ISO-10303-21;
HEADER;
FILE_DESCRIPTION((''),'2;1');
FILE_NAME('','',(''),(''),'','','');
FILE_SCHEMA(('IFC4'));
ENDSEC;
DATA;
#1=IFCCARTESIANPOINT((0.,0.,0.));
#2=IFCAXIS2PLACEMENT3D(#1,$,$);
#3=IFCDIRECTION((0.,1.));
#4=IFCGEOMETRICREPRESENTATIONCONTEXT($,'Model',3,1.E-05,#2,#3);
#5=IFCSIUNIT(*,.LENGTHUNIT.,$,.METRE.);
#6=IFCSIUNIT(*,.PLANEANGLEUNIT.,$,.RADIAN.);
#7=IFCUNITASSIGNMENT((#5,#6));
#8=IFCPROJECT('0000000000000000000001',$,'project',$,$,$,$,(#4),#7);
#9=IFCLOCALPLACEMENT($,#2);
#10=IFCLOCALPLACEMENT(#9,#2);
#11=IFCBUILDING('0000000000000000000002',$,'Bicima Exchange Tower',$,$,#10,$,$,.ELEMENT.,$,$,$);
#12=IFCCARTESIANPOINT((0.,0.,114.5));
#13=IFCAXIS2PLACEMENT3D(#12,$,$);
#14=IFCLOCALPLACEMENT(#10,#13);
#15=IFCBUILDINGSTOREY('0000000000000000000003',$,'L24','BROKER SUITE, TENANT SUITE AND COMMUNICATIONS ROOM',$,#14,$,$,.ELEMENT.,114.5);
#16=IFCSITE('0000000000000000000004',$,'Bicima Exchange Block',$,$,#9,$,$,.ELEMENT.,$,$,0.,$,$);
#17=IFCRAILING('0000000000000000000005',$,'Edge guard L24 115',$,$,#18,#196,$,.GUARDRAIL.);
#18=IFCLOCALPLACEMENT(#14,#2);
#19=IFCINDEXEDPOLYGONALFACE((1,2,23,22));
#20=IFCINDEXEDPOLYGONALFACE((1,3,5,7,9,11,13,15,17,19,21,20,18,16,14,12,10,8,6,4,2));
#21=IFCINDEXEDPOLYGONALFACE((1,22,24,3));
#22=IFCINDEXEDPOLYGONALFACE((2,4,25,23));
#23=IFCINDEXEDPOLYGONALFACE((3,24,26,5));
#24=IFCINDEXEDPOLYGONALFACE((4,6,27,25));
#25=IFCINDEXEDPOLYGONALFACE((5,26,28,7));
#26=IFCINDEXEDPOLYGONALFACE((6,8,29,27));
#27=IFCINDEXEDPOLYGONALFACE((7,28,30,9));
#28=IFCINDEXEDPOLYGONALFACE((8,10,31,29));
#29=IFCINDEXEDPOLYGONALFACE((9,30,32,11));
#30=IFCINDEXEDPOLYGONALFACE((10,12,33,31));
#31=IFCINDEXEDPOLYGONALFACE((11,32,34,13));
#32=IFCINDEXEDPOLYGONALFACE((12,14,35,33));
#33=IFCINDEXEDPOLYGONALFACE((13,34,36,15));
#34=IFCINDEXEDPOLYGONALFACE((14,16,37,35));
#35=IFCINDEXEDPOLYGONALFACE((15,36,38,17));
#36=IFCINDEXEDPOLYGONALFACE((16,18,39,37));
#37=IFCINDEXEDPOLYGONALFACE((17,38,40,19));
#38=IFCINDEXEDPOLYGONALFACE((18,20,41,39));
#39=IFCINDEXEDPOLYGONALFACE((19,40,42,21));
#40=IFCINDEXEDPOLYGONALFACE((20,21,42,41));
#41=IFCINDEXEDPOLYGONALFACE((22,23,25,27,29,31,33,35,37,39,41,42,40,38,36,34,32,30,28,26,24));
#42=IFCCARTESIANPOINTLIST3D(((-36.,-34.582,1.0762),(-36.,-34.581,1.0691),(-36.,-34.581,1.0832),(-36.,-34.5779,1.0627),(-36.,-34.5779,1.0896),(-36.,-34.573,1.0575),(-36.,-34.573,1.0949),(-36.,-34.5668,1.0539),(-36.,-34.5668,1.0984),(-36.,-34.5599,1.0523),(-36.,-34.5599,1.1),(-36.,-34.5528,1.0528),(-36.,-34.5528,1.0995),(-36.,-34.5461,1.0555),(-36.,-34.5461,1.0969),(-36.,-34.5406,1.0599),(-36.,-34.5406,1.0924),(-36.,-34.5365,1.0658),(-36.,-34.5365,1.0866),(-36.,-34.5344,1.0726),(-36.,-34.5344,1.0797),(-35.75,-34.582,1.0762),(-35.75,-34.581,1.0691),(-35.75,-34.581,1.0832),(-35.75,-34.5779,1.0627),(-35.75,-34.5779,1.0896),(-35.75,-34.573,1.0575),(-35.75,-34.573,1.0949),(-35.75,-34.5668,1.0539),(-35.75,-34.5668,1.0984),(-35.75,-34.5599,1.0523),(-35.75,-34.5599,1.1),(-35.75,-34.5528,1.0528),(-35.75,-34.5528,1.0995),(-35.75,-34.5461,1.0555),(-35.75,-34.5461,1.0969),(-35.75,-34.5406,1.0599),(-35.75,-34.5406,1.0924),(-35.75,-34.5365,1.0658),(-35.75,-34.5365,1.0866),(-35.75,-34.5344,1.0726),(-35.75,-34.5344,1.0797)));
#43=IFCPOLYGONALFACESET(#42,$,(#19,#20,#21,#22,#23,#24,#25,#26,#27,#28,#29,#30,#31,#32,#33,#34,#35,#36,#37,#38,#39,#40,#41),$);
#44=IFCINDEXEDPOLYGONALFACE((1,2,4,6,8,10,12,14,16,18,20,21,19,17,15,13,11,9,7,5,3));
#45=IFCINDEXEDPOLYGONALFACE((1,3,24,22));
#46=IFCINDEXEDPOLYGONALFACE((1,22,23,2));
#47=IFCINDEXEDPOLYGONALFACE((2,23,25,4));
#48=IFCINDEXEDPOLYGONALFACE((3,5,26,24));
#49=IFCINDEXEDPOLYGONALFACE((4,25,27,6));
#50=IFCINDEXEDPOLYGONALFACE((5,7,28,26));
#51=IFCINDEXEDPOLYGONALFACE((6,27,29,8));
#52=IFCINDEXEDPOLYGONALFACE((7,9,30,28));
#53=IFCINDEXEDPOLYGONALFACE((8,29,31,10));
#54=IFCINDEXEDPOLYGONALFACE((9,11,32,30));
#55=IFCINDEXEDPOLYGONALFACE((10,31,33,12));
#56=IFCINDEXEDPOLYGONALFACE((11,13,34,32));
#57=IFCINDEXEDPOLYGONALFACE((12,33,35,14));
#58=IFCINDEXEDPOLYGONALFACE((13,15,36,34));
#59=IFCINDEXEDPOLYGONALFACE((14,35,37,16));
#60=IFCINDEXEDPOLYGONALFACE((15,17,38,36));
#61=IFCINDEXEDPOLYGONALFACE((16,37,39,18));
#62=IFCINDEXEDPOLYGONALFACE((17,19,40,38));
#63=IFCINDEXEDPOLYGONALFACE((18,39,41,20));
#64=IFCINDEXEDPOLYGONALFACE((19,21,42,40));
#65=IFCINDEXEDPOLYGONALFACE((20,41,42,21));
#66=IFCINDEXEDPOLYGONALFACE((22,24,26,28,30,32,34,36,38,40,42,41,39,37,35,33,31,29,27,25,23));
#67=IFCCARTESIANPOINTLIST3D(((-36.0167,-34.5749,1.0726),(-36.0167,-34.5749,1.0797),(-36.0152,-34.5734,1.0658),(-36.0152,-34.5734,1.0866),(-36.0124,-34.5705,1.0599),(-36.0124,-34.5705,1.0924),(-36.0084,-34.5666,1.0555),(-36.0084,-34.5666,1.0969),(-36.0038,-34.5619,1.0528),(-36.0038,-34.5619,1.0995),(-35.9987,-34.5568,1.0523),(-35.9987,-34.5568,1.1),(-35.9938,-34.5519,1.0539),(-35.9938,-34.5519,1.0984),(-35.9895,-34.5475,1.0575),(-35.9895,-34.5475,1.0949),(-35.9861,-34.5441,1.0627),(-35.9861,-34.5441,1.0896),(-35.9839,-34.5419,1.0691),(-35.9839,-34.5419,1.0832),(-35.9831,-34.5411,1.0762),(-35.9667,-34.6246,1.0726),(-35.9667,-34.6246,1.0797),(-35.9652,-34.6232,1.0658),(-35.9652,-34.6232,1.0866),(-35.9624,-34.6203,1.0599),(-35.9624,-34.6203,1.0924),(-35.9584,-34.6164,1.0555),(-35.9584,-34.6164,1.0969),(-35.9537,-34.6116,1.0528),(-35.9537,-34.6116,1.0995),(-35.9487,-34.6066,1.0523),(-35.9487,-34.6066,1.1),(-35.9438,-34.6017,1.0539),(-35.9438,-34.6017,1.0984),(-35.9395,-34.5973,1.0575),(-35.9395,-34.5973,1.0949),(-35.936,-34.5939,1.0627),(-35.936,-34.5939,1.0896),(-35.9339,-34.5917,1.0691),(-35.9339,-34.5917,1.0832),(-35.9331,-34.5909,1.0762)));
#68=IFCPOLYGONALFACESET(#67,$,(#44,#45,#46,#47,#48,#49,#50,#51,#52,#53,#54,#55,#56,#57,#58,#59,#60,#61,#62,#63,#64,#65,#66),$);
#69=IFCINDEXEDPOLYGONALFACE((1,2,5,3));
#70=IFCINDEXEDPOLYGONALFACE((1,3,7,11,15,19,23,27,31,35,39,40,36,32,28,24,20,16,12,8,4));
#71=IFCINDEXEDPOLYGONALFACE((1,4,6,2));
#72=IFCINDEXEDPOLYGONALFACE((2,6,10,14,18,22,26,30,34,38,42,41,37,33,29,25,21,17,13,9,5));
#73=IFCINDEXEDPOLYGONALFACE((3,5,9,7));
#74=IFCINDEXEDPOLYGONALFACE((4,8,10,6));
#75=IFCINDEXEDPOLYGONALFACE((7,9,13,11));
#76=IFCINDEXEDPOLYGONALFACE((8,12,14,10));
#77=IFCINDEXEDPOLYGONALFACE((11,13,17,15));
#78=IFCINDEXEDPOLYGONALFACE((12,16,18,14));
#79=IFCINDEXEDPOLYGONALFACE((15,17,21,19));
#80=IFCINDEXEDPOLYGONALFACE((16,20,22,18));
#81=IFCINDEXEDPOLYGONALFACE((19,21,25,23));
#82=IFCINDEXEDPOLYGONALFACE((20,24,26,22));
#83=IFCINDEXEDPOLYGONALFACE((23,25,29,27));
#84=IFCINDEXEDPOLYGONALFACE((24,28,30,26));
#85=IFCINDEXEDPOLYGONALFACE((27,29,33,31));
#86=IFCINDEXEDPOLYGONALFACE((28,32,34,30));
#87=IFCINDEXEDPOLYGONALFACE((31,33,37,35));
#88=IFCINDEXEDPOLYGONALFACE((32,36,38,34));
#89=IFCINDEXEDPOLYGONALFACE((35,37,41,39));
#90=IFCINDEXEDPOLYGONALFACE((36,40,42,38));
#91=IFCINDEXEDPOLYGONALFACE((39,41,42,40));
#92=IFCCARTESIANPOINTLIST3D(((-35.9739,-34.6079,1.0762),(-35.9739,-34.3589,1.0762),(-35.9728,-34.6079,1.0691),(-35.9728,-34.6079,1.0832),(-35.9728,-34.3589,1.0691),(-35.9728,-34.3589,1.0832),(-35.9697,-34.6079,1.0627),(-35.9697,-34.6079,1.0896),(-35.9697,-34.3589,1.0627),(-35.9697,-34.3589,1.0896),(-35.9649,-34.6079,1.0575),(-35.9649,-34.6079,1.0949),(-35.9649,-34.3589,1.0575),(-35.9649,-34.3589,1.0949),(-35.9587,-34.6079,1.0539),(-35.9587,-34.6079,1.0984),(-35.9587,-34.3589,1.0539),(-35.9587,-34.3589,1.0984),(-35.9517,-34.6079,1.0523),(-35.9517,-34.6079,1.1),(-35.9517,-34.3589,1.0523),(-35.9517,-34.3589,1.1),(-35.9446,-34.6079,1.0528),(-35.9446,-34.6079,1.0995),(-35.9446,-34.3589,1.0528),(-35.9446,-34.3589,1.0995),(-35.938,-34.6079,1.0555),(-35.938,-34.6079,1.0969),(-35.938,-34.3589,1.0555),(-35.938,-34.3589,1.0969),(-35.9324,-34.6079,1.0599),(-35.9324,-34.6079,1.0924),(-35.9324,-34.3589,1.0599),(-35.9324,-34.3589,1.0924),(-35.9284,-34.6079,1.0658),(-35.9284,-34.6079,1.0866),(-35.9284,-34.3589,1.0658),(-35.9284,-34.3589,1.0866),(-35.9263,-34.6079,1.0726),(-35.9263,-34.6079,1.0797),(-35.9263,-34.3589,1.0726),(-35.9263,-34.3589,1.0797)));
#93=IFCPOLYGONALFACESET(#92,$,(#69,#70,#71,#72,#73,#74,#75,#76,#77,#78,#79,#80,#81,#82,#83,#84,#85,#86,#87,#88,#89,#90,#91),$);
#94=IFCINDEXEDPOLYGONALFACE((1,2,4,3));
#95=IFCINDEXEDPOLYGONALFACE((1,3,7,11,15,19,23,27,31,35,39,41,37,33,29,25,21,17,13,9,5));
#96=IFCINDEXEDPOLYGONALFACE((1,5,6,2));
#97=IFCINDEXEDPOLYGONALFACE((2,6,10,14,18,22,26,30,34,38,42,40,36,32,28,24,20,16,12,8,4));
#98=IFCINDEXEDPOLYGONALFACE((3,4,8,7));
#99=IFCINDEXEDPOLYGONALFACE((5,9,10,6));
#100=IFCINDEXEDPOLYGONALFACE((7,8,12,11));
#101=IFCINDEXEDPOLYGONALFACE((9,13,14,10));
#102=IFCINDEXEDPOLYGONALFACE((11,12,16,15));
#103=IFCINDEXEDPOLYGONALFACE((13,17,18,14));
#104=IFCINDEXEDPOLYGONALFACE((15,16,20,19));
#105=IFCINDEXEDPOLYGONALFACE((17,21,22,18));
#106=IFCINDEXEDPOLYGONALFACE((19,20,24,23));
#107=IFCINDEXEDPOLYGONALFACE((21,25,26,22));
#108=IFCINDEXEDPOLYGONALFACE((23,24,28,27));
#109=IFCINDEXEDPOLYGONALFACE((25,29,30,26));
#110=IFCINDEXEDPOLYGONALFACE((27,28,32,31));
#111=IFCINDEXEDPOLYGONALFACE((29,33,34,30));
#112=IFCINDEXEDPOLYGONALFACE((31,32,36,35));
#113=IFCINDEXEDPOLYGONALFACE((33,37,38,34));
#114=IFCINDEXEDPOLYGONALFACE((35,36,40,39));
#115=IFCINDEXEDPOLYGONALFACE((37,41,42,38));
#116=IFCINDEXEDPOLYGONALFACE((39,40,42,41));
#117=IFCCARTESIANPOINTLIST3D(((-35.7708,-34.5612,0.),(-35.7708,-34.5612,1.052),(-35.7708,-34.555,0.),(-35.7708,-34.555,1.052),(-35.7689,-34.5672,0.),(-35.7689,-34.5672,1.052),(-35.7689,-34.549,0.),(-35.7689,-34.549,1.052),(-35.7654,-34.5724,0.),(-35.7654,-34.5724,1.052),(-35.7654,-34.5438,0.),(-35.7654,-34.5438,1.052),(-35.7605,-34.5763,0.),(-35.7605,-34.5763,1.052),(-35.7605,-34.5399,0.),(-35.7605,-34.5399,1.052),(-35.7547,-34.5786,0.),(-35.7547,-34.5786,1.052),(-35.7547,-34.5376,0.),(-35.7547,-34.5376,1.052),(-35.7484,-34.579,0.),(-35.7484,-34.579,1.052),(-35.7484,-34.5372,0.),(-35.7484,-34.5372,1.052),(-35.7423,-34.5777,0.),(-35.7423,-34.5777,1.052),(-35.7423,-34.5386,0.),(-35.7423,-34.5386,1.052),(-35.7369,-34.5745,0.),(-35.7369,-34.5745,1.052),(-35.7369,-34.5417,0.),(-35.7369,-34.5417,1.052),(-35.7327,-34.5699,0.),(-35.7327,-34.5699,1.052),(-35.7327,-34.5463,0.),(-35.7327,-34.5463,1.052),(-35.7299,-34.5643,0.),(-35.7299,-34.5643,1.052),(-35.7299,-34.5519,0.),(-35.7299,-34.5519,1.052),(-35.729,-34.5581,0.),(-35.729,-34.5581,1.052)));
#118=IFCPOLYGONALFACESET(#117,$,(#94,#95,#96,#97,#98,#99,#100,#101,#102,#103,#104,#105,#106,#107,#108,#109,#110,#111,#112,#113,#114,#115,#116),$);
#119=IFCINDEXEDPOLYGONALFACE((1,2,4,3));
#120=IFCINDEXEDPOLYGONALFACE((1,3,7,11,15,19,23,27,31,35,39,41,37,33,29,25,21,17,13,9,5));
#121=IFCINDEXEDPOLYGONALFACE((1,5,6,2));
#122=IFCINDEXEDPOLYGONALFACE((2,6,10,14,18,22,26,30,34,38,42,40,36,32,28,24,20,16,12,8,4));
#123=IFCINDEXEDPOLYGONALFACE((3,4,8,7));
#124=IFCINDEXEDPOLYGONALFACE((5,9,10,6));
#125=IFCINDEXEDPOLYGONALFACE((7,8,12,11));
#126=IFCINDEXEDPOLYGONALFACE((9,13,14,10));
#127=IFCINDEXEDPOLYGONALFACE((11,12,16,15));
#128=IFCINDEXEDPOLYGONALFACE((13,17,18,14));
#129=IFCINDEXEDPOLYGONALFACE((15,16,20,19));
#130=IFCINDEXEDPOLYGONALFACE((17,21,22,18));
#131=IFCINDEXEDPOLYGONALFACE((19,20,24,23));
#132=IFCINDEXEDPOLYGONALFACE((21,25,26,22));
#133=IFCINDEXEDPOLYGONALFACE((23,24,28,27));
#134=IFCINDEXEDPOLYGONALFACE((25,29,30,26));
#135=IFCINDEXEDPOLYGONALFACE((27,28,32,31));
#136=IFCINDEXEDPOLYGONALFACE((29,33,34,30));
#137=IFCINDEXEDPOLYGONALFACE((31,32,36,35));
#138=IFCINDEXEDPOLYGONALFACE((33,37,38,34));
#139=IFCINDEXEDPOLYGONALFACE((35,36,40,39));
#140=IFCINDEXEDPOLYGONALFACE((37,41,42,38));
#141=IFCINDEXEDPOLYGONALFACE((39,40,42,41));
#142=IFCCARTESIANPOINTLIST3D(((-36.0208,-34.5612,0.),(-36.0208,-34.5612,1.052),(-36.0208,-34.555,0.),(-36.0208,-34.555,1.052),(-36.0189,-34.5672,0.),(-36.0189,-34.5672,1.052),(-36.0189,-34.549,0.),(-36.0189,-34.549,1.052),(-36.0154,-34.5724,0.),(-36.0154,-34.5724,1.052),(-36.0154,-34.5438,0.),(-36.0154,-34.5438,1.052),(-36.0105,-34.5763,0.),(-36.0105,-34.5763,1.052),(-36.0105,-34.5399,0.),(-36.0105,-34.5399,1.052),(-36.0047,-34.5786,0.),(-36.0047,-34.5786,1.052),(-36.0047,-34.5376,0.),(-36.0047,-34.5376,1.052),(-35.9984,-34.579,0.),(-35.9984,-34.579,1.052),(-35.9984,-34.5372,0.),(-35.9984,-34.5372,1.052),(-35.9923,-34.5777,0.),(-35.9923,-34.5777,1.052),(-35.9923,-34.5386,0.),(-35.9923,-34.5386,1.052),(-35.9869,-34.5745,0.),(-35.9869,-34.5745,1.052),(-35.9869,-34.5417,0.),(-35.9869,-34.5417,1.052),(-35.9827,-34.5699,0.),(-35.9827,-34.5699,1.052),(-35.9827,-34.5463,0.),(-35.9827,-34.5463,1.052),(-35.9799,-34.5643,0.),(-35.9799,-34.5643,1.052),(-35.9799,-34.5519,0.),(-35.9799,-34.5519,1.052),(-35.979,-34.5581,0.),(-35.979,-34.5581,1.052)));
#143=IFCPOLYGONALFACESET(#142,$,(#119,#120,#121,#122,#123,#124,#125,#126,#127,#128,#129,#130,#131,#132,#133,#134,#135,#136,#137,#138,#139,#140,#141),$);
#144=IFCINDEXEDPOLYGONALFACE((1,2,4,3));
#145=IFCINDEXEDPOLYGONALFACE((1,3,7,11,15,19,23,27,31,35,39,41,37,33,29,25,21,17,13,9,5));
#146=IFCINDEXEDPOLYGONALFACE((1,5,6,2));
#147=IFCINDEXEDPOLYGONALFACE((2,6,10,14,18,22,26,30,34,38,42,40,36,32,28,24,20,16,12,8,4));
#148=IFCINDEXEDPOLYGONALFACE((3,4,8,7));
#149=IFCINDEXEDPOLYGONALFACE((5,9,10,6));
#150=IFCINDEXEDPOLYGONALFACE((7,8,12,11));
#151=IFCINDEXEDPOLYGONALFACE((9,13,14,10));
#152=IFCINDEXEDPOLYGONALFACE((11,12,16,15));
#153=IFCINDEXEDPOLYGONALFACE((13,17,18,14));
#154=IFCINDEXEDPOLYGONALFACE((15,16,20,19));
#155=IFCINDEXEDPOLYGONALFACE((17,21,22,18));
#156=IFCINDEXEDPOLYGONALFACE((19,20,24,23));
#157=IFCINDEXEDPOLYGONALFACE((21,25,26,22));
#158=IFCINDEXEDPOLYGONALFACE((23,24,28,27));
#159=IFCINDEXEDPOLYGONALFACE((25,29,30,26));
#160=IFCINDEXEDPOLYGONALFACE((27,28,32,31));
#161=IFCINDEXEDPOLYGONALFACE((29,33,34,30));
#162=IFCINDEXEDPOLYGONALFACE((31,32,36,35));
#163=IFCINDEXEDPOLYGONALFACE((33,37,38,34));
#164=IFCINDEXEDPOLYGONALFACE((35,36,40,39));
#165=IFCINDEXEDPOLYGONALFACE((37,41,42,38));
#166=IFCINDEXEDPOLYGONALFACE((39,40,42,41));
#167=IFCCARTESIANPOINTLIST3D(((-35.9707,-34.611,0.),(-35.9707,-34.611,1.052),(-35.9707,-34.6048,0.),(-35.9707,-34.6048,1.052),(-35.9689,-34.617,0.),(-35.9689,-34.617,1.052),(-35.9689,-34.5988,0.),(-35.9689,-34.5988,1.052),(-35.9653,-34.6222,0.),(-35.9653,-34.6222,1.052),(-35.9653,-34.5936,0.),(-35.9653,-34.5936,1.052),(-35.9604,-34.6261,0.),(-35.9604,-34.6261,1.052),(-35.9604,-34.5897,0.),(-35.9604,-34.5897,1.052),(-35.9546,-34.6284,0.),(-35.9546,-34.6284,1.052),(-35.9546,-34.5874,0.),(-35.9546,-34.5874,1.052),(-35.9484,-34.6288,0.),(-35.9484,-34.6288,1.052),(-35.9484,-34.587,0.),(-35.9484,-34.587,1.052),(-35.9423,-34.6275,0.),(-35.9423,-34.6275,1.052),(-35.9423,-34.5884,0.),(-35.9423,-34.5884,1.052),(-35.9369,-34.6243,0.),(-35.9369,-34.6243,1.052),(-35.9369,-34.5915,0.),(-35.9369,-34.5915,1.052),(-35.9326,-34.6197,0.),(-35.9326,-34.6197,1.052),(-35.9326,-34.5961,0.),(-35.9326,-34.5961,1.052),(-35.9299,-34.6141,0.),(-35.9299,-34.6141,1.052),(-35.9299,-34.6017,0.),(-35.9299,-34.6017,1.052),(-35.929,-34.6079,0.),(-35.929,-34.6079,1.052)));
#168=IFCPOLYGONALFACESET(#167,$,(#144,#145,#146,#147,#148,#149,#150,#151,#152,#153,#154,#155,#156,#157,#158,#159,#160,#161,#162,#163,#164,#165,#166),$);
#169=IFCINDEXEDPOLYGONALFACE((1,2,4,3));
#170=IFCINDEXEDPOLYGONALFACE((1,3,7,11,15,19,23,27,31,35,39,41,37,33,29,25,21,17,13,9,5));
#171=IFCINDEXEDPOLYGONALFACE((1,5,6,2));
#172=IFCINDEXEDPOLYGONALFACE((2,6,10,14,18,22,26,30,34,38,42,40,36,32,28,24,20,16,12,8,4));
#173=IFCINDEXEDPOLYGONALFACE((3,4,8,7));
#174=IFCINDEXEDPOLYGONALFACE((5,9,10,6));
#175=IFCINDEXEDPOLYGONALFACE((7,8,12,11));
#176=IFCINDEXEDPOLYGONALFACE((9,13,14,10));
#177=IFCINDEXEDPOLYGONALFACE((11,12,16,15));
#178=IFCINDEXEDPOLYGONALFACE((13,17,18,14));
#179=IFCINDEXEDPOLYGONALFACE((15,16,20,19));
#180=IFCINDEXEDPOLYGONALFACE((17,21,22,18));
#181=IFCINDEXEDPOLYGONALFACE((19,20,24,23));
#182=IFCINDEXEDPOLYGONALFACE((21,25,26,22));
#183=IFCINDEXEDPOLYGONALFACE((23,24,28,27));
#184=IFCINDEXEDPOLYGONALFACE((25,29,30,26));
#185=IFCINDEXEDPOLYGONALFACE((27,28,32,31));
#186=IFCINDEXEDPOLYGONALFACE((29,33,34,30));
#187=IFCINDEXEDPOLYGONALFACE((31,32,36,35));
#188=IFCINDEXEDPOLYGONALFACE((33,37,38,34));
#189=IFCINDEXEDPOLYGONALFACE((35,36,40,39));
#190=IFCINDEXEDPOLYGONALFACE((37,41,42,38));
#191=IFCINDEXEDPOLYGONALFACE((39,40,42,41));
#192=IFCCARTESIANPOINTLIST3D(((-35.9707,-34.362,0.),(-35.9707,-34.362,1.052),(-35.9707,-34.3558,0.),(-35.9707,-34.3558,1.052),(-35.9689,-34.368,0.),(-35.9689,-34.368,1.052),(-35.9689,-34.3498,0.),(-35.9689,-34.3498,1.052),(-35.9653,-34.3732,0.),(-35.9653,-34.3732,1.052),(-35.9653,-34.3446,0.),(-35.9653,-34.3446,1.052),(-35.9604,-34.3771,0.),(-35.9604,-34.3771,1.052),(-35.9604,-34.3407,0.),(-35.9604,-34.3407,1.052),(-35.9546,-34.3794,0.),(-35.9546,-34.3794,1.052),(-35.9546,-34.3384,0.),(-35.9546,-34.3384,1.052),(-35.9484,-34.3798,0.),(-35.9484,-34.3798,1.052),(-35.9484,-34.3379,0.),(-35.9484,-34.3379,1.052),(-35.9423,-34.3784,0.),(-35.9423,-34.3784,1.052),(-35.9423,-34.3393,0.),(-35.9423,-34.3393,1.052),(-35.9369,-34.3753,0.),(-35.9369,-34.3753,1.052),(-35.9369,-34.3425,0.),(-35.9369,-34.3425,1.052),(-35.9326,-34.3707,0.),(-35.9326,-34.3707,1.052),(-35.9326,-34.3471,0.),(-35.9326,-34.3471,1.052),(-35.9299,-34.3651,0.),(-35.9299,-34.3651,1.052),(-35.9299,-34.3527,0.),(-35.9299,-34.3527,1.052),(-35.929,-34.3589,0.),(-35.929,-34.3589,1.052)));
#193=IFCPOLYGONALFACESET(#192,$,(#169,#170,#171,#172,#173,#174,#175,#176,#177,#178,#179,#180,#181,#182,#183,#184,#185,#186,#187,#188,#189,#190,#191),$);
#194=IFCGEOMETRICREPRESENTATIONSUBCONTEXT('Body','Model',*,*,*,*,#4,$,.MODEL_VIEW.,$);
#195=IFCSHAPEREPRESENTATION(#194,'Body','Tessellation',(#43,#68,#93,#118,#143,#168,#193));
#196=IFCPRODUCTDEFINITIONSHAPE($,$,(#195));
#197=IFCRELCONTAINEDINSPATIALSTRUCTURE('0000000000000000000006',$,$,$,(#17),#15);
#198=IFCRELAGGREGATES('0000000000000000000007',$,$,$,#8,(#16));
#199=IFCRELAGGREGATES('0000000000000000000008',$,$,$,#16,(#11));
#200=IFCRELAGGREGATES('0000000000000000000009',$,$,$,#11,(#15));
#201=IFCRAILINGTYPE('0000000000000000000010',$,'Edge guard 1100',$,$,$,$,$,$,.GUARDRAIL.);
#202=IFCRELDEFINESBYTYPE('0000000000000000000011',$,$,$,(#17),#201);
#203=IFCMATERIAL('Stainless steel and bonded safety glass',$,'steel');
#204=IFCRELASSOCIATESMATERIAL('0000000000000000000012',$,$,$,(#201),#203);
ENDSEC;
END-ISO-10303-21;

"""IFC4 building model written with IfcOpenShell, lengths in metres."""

from ifc_helpers import new_model, si_unit, direction, frame, origin, origin_2d, place, context, subcontext, project, spatial, circle, extrude, material, type_object, element, save


model = new_model("IFC4")

# Units and contexts
model_context = context("Model", 3, precision=1e-05, world=origin(), true_north=direction((0.0, 1.0)))
body_context = subcontext(model_context, "Body", "Model", "MODEL_VIEW")
ifc_project = project(units=[si_unit("LENGTHUNIT", "METRE"), si_unit("PLANEANGLEUNIT", "RADIAN")], contexts=[model_context])

# Site, building, storey
site_placement = place(None, origin())
site = spatial("IfcSite", under=ifc_project, at=site_placement, Name="Bicima Exchange Block", CompositionType="ELEMENT", RefElevation=0.0)
building_placement = place(site_placement, origin())
building = spatial("IfcBuilding", under=site, at=building_placement, Name="Bicima Exchange Tower", CompositionType="ELEMENT")
storey_placement = place(building_placement, frame((0.0, 0.0, 114.5)))
storey = spatial("IfcBuildingStorey", under=building, at=storey_placement, Name="L24", Description="BROKER SUITE, TENANT SUITE AND COMMUNICATIONS ROOM", CompositionType="ELEMENT", Elevation=114.5)

# Railing
ifc_material_1 = material(Name="Stainless steel and bonded safety glass", Category="steel")
railing_type = type_object("IfcRailingType", Name="Edge guard 1100", PredefinedType="GUARDRAIL", material=ifc_material_1)
railing_1_placement = place(storey_placement, frame((-35.75, -34.5581, 0.0)))
element("IfcRailing", 1, at=railing_1_placement, inside=storey, type_object=railing_type, Name="Edge guard L24 115", PredefinedType="GUARDRAIL", context=body_context, shape_type="SweptSolid", body=[
    extrude(circle(Radius=0.0239, at=origin_2d()), frame((0.0, 0.0, 1.0762), z_axis=(-1.0, 0.0, 0.0), x_axis=(0.0, -1.0, 0.0)), (0.0, 0.0, 1.0), 0.25),
    extrude(circle(Radius=0.0239, at=origin_2d()), frame((-0.25, 0.0, 1.0762), z_axis=(0.708834, -0.705376, 0.0), x_axis=(0.705376, 0.708834, 0.0)), (0.0, 0.0, 1.0), 0.0706),
    extrude(circle(Radius=0.0239, at=origin_2d()), frame((-0.2, -0.0498, 1.0762), z_axis=(0.0, 1.0, 0.0), x_axis=(-1.0, 0.0, 0.0)), (0.0, 0.0, 1.0), 0.249),
    extrude(circle(Radius=0.021, at=origin_2d()), origin(), (0.0, 0.0, 1.0), 1.052),
    extrude(circle(Radius=0.021, at=origin_2d()), frame((-0.25, 0.0, 0.0)), (0.0, 0.0, 1.0), 1.052),
    extrude(circle(Radius=0.021, at=origin_2d()), frame((-0.2, -0.0498, 0.0)), (0.0, 0.0, 1.0), 1.052),
    extrude(circle(Radius=0.021, at=origin_2d()), frame((-0.2, 0.1992, 0.0)), (0.0, 0.0, 1.0), 1.052),
])

save(model, "model.ifc")
